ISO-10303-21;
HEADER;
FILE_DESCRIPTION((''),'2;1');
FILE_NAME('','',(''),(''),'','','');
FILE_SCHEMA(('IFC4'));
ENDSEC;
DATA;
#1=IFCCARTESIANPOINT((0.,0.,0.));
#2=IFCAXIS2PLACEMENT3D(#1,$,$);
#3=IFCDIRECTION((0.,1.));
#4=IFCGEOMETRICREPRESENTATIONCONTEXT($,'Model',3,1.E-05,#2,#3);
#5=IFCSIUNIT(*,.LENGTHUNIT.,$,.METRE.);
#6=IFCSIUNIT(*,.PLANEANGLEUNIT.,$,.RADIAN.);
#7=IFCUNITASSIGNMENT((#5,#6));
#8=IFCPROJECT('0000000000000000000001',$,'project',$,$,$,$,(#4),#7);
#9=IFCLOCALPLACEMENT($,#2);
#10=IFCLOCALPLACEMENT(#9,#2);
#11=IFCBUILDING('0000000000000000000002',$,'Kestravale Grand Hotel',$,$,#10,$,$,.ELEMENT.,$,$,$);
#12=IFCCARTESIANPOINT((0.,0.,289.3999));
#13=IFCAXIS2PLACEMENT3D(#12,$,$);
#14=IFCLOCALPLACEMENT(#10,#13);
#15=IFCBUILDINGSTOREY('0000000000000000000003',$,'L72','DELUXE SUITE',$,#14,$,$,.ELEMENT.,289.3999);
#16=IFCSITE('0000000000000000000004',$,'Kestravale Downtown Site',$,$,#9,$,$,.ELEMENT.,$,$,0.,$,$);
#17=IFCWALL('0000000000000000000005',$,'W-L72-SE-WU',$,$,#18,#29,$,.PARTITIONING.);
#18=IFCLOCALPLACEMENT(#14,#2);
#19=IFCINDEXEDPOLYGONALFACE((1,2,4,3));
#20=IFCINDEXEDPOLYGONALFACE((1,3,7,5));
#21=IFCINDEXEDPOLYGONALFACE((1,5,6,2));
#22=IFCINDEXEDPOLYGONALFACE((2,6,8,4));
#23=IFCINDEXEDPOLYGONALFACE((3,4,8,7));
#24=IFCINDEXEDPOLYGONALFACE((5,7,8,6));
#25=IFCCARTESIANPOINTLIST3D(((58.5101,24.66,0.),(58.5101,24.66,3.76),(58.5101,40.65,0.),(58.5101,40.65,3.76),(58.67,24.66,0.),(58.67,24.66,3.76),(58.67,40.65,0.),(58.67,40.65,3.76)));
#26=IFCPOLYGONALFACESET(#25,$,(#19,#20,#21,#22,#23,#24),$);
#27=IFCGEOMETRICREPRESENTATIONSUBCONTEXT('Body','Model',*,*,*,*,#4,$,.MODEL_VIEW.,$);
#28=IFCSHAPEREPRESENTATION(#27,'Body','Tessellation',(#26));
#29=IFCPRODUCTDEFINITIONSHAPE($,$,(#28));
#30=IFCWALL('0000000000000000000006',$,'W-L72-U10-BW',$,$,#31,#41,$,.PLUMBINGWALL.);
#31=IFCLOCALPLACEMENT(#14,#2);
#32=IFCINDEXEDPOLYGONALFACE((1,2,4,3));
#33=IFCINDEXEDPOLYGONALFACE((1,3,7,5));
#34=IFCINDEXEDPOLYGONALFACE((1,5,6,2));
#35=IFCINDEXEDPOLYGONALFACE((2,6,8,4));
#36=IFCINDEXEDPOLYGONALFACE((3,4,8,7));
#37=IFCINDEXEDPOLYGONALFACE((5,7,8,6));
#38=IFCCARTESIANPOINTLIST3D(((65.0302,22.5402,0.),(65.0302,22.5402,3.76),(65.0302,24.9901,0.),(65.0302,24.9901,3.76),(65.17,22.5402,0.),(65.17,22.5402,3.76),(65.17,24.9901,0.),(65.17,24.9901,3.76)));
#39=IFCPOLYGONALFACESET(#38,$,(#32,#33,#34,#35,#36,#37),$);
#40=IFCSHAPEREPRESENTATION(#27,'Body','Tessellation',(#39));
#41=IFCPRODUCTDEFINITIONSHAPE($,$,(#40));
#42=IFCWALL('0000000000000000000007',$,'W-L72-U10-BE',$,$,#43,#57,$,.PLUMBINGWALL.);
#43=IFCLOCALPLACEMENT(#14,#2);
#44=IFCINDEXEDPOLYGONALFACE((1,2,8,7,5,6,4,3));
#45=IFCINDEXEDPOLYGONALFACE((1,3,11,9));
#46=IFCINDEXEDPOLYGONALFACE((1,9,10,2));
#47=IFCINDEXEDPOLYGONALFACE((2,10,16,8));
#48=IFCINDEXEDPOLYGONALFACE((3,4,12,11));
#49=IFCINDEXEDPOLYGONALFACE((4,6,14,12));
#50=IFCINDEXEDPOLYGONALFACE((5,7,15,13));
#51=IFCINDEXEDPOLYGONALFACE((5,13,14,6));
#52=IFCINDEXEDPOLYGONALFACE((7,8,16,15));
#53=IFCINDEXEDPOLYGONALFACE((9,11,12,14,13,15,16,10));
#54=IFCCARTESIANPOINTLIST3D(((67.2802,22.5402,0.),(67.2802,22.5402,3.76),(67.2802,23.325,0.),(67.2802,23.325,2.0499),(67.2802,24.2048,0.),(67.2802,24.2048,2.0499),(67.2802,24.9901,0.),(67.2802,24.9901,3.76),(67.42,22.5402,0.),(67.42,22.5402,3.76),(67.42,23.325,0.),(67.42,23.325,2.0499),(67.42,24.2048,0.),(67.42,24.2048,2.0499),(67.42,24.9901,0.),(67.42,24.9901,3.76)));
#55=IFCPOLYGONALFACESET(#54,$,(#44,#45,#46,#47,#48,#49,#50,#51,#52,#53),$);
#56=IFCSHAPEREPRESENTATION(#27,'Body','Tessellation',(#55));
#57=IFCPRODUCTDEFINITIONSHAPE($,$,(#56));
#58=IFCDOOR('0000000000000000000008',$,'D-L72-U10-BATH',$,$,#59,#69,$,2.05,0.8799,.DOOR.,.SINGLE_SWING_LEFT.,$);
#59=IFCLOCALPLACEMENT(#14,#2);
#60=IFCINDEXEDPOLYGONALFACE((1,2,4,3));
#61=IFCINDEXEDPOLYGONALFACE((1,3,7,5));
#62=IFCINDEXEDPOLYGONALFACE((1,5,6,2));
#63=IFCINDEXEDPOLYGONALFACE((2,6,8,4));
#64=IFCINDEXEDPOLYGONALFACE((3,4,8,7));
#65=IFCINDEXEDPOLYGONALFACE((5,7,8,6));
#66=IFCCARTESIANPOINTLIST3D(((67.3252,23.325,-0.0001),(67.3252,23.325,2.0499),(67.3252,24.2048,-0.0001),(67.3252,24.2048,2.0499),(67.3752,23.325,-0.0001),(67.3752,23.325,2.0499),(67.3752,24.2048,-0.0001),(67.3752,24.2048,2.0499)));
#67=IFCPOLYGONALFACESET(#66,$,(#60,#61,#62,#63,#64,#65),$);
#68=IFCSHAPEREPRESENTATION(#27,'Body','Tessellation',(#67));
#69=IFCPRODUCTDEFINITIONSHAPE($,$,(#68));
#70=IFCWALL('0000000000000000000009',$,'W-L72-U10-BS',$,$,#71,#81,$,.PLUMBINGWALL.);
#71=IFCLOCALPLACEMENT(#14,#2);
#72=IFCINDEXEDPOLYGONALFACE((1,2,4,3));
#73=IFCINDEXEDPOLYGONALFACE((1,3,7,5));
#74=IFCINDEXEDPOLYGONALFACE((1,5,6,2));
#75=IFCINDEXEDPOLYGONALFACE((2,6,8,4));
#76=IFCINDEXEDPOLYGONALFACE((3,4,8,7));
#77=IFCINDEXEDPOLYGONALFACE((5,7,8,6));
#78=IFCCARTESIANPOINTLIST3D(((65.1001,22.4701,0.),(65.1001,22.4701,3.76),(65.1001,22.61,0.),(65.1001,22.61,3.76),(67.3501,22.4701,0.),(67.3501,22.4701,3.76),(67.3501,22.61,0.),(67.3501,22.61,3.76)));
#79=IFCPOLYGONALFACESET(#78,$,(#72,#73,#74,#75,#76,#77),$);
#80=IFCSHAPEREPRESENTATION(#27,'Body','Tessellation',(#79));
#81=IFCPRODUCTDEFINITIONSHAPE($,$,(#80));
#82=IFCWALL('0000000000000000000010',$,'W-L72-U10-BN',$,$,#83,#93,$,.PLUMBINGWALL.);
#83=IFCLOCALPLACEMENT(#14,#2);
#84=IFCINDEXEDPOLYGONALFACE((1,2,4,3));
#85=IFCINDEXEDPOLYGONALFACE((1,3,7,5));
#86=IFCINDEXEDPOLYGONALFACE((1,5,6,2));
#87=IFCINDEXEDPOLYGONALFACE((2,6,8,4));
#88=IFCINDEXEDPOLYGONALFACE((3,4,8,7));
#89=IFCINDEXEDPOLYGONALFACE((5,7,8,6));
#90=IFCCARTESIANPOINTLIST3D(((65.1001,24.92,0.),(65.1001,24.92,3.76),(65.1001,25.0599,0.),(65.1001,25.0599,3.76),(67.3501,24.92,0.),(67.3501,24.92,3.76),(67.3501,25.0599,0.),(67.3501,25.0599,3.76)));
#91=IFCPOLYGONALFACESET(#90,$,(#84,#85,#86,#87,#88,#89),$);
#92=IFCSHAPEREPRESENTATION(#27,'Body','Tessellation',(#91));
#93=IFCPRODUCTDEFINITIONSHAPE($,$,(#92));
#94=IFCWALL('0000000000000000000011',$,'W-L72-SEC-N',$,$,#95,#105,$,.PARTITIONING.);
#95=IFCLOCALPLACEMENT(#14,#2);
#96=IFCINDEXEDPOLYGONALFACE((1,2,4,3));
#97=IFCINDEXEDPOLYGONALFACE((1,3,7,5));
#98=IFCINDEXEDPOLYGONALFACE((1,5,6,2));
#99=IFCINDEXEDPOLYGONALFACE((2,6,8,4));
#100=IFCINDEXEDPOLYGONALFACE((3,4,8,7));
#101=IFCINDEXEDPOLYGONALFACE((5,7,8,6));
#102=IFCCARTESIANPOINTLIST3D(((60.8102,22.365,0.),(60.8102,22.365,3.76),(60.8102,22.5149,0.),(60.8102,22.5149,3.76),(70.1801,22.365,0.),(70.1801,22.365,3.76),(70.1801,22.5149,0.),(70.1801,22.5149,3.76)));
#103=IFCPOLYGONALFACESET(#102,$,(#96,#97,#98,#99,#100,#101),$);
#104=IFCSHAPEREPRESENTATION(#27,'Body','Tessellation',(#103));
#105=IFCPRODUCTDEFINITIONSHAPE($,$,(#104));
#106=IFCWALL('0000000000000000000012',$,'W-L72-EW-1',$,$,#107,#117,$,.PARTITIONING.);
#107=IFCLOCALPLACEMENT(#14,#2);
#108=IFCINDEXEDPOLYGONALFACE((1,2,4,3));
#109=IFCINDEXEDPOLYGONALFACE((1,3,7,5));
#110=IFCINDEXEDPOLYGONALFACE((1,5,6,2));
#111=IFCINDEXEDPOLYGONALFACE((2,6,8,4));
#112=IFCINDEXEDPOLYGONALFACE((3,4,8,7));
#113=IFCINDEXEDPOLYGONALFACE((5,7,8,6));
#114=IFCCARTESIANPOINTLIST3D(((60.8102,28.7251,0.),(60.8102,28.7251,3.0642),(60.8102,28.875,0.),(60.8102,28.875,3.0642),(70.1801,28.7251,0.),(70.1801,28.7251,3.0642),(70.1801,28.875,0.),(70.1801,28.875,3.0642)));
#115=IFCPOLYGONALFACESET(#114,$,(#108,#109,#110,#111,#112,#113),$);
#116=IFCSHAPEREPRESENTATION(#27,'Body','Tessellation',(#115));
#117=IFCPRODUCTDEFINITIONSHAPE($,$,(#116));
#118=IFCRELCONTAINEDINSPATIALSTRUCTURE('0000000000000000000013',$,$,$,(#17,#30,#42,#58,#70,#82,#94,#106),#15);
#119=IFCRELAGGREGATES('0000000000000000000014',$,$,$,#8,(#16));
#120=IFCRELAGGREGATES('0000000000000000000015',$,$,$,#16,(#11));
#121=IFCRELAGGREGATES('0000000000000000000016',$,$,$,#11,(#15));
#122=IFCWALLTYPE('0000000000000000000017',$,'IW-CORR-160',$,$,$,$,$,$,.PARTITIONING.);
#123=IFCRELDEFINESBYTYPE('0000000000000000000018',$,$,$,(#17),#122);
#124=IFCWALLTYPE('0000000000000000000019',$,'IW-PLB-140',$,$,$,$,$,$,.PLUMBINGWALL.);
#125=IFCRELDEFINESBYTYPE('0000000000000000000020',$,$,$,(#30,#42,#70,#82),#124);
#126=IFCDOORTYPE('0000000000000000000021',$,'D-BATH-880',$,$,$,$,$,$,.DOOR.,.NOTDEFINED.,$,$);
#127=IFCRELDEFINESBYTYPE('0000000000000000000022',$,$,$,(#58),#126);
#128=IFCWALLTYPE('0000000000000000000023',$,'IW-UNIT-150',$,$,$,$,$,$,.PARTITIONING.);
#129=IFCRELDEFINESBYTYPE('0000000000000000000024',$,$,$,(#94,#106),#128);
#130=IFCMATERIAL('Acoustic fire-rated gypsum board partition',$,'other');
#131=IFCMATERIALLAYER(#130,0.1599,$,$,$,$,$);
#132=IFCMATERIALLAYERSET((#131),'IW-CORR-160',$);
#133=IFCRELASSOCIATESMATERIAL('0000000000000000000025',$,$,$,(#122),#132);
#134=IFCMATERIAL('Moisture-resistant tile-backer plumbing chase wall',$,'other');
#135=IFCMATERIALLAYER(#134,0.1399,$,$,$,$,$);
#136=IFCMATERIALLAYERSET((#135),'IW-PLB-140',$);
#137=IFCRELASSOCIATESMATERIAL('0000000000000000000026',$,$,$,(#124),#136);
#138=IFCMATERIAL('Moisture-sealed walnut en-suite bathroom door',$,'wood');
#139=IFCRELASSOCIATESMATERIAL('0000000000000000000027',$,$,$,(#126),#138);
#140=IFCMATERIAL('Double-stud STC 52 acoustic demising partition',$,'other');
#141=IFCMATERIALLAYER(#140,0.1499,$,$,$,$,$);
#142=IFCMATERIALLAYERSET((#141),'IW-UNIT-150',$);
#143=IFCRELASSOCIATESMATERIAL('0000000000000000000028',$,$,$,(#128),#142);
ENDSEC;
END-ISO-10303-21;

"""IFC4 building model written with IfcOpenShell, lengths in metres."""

from ifc_helpers import new_model, si_unit, direction, frame, frame_2d, origin, place, context, subcontext, project, spatial, rectangle, extrude, material, layer, layer_set, type_object, element, fill, save


model = new_model("IFC4")

# Units and contexts
model_context = context("Model", 3, precision=1e-05, world=origin(), true_north=direction((0.0, 1.0)))
body_context = subcontext(model_context, "Body", "Model", "MODEL_VIEW")
ifc_project = project(units=[si_unit("LENGTHUNIT", "METRE"), si_unit("PLANEANGLEUNIT", "RADIAN")], contexts=[model_context])

# Site, building, storey
site_placement = place(None, origin())
site = spatial("IfcSite", under=ifc_project, at=site_placement, Name="Kestravale Downtown Site", CompositionType="ELEMENT", RefElevation=0.0)
building_placement = place(site_placement, origin())
building = spatial("IfcBuilding", under=site, at=building_placement, Name="Kestravale Grand Hotel", CompositionType="ELEMENT")
storey_placement = place(building_placement, frame((0.0, 0.0, 289.3999)))
storey = spatial("IfcBuildingStorey", under=building, at=storey_placement, Name="L72", Description="DELUXE SUITE", CompositionType="ELEMENT", Elevation=289.3999)

# Shared definitions
ifc_material_1 = material(Name="Acoustic fire-rated gypsum board partition", Category="other")
ifc_layer_1 = layer(ifc_material_1, 0.1599)
ifc_layer_set_1 = layer_set([ifc_layer_1], Name="IW-CORR-160")
wall_type_1 = type_object("IfcWallType", Name="IW-CORR-160", PredefinedType="PARTITIONING", material=ifc_layer_set_1)

# Walls
wall_1_placement = place(storey_placement, frame((58.5901, 24.6599, 0.0), z_axis=(0.0, 0.0, 1.0), x_axis=(0.0, 1.0, 0.0)))
element("IfcWall", 1, at=wall_1_placement, inside=storey, type_object=wall_type_1, Name="W-L72-SE-WU", PredefinedType="PARTITIONING", context=body_context, shape_type="SweptSolid", body=[
    extrude(rectangle(XDim=15.99, YDim=0.1599, at=frame_2d((7.9951, 0.0))), origin(), (0.0, 0.0, 1.0), 3.76),
])
ifc_material_2 = material(Name="Moisture-resistant tile-backer plumbing chase wall", Category="other")
ifc_layer_2 = layer(ifc_material_2, 0.1399)
ifc_layer_set_2 = layer_set([ifc_layer_2], Name="IW-PLB-140")
wall_type_2 = type_object("IfcWallType", Name="IW-PLB-140", PredefinedType="PLUMBINGWALL", material=ifc_layer_set_2)
wall_2_placement = place(storey_placement, frame((65.1001, 22.54, 0.0), z_axis=(0.0, 0.0, 1.0), x_axis=(0.0, 1.0, 0.0)))
element("IfcWall", 2, at=wall_2_placement, inside=storey, type_object=wall_type_2, Name="W-L72-U10-BW", PredefinedType="PLUMBINGWALL", context=body_context, shape_type="SweptSolid", body=[
    extrude(rectangle(XDim=2.45, YDim=0.1399, at=frame_2d((1.2251, 0.0))), origin(), (0.0, 0.0, 1.0), 3.76),
])

# Wall, opening, door
wall_3_placement = place(storey_placement, frame((67.3501, 22.54, 0.0), z_axis=(0.0, 0.0, 1.0), x_axis=(0.0, 1.0, 0.0)))
wall_3 = element("IfcWall", 3, at=wall_3_placement, inside=storey, type_object=wall_type_2, Name="W-L72-U10-BE", PredefinedType="PLUMBINGWALL", context=body_context, shape_type="SweptSolid", body=[
    extrude(rectangle(XDim=2.45, YDim=0.1399, at=frame_2d((1.2251, 0.0))), origin(), (0.0, 0.0, 1.0), 3.76),
])
opening_1_placement = place(wall_3_placement, frame((0.7849, 0.0, 0.0)))
opening_1 = element("IfcOpeningElement", 4, at=opening_1_placement, cuts=wall_3, PredefinedType="OPENING", context=body_context, shape_type="SweptSolid", body=[
    extrude(rectangle(XDim=0.8799, YDim=2.05, at=frame_2d((0.4399, 1.0249))), frame((0.0, 0.0798, 0.0), z_axis=(0.0, -1.0, 0.0), x_axis=(1.0, 0.0, 0.0)), (0.0, 0.0, 1.0), 0.1599),
])
ifc_material_3 = material(Name="Moisture-sealed walnut en-suite bathroom door", Category="wood")
door_type_1 = type_object("IfcDoorType", Name="D-BATH-880", OperationType="NOTDEFINED", PredefinedType="DOOR", material=ifc_material_3)
door_1_placement = place(opening_1_placement, origin())
door_1 = element("IfcDoor", 5, at=door_1_placement, inside=storey, type_object=door_type_1, Name="D-L72-U10-BATH", OperationType="SINGLE_SWING_LEFT", OverallHeight=2.05, OverallWidth=0.8799, PredefinedType="DOOR", context=body_context, shape_type="SweptSolid", body=[
    extrude(rectangle(XDim=0.8799, YDim=2.05, at=frame_2d((0.4399, 1.0249))), frame((0.0, 0.0249, 0.0), z_axis=(0.0, -1.0, 0.0), x_axis=(1.0, 0.0, 0.0)), (0.0, 0.0, 1.0), 0.05),
])
fill(opening_1, door_1)

# Walls
for number, where, z_axis, x_axis, name in (
    (6, (65.1001, 22.54, 0.0), (0.0, 0.0, 1.0), (1.0, 0.0, 0.0), "W-L72-U10-BS"),
    (7, (65.1001, 24.99, 0.0), (0.0, 0.0, 1.0), (1.0, 0.0, 0.0), "W-L72-U10-BN"),
):
    element("IfcWall", number, at=place(storey_placement, frame(where, z_axis=z_axis, x_axis=x_axis)), inside=storey, type_object=wall_type_2, Name=name, PredefinedType="PLUMBINGWALL", context=body_context, shape_type="SweptSolid", body=[
        extrude(rectangle(XDim=2.25, YDim=0.1399, at=frame_2d((1.125, 0.0))), origin(), (0.0, 0.0, 1.0), 3.76),
    ])
ifc_material_4 = material(Name="Double-stud STC 52 acoustic demising partition", Category="other")
ifc_layer_3 = layer(ifc_material_4, 0.1499)
ifc_layer_set_3 = layer_set([ifc_layer_3], Name="IW-UNIT-150")
wall_type_3 = type_object("IfcWallType", Name="IW-UNIT-150", PredefinedType="PARTITIONING", material=ifc_layer_set_3)
wall_4_placement = place(storey_placement, frame((60.8101, 22.4399, 0.0), z_axis=(0.0, 0.0, 1.0), x_axis=(1.0, 0.0, 0.0)))
element("IfcWall", 8, at=wall_4_placement, inside=storey, type_object=wall_type_3, Name="W-L72-SEC-N", PredefinedType="PARTITIONING", context=body_context, shape_type="SweptSolid", body=[
    extrude(rectangle(XDim=9.3699, YDim=0.1499, at=frame_2d((4.6851, 0.0))), origin(), (0.0, 0.0, 1.0), 3.76),
])
wall_5_placement = place(storey_placement, frame((60.8101, 28.8, 0.0), z_axis=(0.0, 0.0, 1.0), x_axis=(1.0, 0.0, 0.0)))
element("IfcWall", 9, at=wall_5_placement, inside=storey, type_object=wall_type_3, Name="W-L72-EW-1", PredefinedType="PARTITIONING", context=body_context, shape_type="SweptSolid", body=[
    extrude(rectangle(XDim=9.3699, YDim=0.1499, at=frame_2d((4.6851, 0.0))), origin(), (0.0, 0.0, 1.0), 3.0642),
])

save(model, "model.ifc")
